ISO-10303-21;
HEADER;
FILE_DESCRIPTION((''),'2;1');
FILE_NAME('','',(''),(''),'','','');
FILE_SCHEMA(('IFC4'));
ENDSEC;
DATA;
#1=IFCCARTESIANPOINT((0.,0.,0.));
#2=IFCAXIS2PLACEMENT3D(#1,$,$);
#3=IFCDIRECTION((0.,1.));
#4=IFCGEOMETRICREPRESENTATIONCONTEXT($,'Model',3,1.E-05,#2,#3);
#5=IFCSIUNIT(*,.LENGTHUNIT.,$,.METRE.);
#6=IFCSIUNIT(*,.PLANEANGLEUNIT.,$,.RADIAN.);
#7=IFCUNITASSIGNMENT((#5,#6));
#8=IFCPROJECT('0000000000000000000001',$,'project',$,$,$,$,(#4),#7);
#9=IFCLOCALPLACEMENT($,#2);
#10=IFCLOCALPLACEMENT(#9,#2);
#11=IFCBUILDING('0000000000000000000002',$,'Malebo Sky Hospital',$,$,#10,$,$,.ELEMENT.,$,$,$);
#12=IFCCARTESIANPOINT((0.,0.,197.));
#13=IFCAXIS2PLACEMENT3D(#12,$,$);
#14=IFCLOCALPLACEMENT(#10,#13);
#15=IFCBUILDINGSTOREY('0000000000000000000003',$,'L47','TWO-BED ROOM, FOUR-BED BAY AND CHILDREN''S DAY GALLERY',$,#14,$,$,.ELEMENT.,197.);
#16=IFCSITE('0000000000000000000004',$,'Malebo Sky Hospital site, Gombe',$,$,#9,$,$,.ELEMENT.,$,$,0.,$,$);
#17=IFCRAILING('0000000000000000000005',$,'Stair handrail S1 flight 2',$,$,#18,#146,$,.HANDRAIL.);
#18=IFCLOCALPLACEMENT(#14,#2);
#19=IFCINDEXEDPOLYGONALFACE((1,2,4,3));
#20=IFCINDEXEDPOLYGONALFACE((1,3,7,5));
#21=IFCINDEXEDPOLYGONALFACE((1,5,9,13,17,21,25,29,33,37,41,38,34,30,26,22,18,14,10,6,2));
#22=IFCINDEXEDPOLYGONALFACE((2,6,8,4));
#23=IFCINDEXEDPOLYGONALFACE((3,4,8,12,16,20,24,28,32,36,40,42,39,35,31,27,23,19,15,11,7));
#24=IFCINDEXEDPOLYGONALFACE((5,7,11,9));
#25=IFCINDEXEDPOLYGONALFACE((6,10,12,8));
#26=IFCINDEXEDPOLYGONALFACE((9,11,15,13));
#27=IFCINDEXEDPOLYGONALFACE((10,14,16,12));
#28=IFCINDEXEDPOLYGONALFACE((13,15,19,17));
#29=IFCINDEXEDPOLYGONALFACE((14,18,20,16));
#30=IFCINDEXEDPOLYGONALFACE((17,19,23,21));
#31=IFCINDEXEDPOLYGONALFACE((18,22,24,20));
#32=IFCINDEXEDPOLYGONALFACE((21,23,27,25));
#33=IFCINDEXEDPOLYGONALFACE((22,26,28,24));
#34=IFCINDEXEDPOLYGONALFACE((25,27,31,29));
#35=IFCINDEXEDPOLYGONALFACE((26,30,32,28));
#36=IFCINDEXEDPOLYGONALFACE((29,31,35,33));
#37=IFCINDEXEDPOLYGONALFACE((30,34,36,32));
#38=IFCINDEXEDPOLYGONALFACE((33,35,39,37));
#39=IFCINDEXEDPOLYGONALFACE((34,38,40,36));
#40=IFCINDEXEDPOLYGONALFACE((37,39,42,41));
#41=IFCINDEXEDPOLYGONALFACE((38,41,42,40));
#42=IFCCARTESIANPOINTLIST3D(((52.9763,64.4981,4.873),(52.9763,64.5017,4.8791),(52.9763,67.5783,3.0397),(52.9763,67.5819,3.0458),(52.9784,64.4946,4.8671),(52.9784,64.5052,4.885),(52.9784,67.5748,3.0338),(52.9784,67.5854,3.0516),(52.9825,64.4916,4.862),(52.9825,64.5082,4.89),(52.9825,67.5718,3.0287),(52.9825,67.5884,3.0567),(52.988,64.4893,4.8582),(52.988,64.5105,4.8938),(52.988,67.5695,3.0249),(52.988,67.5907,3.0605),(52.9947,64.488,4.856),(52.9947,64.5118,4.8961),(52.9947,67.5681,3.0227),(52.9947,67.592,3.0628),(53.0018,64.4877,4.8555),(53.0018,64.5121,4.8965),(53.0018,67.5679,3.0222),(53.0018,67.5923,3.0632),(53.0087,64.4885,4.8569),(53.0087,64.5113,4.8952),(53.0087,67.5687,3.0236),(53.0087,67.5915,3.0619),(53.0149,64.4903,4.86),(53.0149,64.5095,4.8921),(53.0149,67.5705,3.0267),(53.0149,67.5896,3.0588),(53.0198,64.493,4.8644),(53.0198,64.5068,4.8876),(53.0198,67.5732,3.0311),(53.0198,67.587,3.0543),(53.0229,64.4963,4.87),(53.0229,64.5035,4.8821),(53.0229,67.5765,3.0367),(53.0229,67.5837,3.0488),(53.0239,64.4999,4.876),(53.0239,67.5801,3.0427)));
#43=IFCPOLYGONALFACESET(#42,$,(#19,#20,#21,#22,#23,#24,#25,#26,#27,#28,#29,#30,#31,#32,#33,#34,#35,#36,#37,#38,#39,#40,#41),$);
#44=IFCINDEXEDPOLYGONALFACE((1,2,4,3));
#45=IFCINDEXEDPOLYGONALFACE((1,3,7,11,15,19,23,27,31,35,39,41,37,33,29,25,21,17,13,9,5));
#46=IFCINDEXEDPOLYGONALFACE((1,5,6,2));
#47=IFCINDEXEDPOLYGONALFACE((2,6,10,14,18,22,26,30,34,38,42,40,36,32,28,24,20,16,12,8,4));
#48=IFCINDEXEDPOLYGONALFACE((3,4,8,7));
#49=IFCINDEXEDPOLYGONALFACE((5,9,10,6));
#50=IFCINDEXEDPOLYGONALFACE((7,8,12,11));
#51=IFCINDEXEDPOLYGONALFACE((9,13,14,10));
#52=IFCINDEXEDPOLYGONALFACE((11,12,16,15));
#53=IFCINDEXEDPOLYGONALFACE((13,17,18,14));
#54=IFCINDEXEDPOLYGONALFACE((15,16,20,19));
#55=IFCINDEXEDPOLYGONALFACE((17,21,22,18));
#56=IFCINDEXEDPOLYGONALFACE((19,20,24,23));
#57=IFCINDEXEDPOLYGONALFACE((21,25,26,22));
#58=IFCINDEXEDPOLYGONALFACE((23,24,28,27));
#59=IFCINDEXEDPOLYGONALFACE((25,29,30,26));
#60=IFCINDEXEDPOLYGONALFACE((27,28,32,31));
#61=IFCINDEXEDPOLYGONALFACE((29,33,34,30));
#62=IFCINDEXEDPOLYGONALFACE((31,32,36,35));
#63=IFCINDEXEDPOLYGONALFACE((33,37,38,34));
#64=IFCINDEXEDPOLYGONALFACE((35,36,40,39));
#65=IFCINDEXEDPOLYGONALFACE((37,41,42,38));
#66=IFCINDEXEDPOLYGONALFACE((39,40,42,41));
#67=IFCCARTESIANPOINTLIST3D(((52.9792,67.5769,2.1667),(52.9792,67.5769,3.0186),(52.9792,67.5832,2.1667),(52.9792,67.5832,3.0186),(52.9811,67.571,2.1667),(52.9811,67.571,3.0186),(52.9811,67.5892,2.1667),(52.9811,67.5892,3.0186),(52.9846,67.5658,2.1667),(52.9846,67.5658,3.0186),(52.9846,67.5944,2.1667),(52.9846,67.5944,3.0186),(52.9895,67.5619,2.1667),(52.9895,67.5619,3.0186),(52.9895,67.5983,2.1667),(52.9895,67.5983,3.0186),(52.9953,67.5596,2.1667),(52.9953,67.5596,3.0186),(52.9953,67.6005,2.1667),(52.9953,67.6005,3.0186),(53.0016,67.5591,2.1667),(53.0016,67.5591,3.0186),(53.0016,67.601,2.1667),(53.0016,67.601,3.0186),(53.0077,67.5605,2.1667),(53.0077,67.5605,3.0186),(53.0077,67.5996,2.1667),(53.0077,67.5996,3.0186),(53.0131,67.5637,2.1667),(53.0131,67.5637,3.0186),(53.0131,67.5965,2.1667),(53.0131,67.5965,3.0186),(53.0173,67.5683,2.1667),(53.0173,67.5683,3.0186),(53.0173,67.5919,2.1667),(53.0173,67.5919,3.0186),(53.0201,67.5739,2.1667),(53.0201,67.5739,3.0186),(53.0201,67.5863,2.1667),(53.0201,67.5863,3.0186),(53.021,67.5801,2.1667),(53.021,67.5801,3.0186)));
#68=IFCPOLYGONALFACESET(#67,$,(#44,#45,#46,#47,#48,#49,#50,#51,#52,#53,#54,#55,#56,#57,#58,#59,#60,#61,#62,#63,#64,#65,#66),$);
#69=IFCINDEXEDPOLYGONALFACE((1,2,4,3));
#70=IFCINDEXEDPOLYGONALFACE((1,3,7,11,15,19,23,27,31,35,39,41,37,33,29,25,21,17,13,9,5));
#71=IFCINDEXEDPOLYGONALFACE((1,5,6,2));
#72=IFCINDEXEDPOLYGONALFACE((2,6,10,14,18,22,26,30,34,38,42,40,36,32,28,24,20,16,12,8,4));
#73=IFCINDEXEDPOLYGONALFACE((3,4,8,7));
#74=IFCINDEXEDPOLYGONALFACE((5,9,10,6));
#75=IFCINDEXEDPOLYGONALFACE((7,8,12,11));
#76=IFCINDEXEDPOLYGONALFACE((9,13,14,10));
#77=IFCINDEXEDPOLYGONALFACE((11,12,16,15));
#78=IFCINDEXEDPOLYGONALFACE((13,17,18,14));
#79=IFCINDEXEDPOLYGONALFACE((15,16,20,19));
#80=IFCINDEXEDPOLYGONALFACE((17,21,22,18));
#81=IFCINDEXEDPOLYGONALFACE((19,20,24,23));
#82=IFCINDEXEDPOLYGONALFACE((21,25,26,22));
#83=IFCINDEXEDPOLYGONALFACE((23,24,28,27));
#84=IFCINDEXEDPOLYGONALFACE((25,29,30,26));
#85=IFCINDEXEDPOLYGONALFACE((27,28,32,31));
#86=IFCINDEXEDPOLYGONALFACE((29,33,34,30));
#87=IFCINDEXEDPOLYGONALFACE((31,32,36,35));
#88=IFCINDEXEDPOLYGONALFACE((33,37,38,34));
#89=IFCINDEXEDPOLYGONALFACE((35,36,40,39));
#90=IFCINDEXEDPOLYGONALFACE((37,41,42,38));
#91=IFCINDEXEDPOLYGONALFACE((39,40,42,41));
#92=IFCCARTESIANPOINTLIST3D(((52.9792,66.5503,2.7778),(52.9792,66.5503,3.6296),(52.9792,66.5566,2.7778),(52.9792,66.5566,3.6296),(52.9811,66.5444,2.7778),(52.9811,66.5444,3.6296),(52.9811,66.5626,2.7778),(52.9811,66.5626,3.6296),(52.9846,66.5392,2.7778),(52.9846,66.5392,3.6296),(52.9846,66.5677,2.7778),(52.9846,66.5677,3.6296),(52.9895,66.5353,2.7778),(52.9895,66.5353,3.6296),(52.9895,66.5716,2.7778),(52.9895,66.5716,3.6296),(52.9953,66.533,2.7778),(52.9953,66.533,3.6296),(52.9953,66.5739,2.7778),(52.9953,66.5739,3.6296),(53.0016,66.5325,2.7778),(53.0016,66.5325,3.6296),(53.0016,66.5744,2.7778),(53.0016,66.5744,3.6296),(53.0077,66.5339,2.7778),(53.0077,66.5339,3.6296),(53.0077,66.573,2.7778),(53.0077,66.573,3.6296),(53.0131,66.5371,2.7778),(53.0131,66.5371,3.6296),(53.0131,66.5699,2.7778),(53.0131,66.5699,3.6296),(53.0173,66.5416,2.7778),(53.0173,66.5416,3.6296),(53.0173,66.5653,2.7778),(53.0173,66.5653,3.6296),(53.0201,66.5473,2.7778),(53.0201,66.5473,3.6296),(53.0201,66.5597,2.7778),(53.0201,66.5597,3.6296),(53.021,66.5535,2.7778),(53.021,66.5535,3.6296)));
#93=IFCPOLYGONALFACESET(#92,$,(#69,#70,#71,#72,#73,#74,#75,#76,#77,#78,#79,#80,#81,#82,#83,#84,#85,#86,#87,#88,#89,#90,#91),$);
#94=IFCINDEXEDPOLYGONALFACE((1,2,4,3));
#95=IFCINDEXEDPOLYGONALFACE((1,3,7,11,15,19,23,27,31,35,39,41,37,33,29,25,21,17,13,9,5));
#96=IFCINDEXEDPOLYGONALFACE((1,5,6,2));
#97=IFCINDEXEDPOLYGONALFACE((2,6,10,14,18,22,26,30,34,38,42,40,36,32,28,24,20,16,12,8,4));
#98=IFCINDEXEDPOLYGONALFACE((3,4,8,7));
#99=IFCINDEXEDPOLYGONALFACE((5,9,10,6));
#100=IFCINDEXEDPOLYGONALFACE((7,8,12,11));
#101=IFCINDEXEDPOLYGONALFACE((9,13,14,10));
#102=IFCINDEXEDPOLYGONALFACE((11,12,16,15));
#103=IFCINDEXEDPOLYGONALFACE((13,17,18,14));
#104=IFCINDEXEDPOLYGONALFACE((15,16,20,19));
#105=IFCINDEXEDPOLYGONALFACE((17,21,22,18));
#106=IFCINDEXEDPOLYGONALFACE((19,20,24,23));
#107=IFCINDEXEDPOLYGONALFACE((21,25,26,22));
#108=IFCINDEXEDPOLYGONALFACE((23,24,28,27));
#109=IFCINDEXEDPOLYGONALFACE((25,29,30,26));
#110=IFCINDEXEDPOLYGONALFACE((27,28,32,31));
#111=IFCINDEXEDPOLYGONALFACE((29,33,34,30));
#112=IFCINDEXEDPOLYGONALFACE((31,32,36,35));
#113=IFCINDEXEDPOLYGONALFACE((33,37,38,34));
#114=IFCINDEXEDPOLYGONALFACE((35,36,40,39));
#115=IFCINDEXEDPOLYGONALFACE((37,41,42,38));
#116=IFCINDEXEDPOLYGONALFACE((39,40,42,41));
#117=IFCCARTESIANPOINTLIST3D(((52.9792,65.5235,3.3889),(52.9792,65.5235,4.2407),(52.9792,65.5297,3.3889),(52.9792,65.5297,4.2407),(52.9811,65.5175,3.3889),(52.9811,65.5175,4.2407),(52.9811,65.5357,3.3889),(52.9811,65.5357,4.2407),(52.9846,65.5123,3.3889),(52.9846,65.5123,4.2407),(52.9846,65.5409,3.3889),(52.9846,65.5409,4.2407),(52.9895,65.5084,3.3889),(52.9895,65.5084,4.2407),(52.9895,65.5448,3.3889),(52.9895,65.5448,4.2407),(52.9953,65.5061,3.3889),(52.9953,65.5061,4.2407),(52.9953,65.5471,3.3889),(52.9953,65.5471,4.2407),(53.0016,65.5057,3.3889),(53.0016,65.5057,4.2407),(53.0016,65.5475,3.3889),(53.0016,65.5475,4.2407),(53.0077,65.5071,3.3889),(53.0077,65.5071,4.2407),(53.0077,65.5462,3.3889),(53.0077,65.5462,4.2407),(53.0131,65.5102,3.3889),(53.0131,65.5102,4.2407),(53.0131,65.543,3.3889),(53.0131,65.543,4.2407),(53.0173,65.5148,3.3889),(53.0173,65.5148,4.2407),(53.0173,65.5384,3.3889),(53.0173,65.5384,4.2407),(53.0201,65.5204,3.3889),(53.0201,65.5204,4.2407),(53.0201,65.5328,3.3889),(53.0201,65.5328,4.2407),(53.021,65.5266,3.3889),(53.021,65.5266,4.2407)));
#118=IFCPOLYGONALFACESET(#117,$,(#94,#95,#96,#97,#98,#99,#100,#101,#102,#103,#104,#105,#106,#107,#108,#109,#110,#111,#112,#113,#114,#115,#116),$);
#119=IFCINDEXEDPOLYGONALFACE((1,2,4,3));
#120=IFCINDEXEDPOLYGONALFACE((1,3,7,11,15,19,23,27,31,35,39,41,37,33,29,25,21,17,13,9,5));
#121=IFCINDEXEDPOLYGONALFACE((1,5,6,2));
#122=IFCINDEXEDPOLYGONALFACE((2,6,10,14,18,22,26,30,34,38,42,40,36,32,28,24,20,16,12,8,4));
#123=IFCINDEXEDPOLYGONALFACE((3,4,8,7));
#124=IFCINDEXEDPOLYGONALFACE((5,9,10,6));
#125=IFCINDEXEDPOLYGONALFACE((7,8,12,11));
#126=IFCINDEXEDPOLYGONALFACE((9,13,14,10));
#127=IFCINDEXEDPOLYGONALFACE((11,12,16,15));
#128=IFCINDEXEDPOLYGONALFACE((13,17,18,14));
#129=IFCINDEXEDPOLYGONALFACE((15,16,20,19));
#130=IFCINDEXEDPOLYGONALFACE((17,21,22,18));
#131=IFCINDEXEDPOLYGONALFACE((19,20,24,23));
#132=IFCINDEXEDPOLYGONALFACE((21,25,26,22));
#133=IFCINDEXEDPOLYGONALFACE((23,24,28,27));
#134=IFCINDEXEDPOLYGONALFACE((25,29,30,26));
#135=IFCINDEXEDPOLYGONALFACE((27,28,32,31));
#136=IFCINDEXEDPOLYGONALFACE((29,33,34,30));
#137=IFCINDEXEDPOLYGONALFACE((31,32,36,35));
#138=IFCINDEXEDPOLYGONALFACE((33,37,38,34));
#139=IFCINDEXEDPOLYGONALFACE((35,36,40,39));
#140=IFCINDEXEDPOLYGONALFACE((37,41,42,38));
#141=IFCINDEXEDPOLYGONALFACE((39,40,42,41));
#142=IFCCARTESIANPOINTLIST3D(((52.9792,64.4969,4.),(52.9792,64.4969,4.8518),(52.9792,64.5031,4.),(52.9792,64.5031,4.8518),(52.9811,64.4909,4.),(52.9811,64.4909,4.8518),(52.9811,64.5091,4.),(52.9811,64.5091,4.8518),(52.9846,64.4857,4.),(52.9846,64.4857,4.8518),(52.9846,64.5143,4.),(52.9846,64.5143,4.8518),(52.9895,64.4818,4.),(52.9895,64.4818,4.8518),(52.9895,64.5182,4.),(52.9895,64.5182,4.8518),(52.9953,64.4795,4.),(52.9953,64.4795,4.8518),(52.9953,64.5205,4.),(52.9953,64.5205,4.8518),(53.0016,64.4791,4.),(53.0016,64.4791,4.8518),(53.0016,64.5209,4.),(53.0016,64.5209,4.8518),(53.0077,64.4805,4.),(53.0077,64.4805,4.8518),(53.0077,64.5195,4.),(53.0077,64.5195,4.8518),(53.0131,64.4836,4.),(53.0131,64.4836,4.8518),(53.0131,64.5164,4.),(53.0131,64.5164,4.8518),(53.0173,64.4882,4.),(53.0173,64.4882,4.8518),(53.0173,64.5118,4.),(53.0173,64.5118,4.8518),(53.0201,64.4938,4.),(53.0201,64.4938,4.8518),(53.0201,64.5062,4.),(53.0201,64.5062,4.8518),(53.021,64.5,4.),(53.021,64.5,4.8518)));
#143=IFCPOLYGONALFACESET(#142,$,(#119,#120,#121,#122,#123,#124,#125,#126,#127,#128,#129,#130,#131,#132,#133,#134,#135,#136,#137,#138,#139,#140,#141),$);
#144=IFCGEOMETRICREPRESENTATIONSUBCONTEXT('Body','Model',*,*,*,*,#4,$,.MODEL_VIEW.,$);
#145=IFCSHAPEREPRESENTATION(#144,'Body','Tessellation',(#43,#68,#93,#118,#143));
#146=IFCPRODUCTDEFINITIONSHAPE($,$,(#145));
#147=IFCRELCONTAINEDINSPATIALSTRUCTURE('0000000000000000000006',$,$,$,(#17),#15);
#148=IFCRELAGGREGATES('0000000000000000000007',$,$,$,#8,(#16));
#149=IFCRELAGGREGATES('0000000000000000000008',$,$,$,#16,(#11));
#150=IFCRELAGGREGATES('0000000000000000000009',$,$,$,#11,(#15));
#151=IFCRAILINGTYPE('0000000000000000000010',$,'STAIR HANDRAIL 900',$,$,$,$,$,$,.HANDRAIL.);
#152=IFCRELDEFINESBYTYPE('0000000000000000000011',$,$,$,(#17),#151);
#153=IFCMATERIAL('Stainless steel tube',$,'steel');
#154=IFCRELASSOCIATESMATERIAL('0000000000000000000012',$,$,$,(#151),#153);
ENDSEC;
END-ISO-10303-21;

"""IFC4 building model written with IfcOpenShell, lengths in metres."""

from ifc_helpers import new_model, si_unit, direction, frame, origin, origin_2d, place, context, subcontext, project, spatial, circle, extrude, material, type_object, element, save


model = new_model("IFC4")

# Units and contexts
model_context = context("Model", 3, precision=1e-05, world=origin(), true_north=direction((0.0, 1.0)))
body_context = subcontext(model_context, "Body", "Model", "MODEL_VIEW")
ifc_project = project(units=[si_unit("LENGTHUNIT", "METRE"), si_unit("PLANEANGLEUNIT", "RADIAN")], contexts=[model_context])

# Site, building, storey
site_placement = place(None, origin())
site = spatial("IfcSite", under=ifc_project, at=site_placement, Name="Malebo Sky Hospital site, Gombe", CompositionType="ELEMENT", RefElevation=0.0)
building_placement = place(site_placement, origin())
building = spatial("IfcBuilding", under=site, at=building_placement, Name="Malebo Sky Hospital", CompositionType="ELEMENT")
storey_placement = place(building_placement, frame((0.0, 0.0, 197.0)))
storey = spatial("IfcBuildingStorey", under=building, at=storey_placement, Name="L47", Description="TWO-BED ROOM, FOUR-BED BAY AND CHILDREN'S DAY GALLERY", CompositionType="ELEMENT", Elevation=197.0)

# Railing
ifc_material_1 = material(Name="Stainless steel tube", Category="steel")
railing_type = type_object("IfcRailingType", Name="STAIR HANDRAIL 900", PredefinedType="HANDRAIL", material=ifc_material_1)
railing_1_placement = place(storey_placement, frame((53.0, 67.5801, 2.1667)))
element("IfcRailing", 1, at=railing_1_placement, inside=storey, type_object=railing_type, Name="Stair handrail S1 flight 2", PredefinedType="HANDRAIL", context=body_context, shape_type="SweptSolid", body=[
    extrude(circle(Radius=0.0239, at=origin_2d()), frame((0.0, 0.0, 0.876), z_axis=(0.0, -0.859309, 0.511458), x_axis=(1.0, 0.0, 0.0)), (0.0, 0.0, 1.0), 3.5845),
    extrude(circle(Radius=0.021, at=origin_2d()), origin(), (0.0, 0.0, 1.0), 0.8518),
    extrude(circle(Radius=0.021, at=origin_2d()), frame((0.0, -1.0266, 0.6111)), (0.0, 0.0, 1.0), 0.8518),
    extrude(circle(Radius=0.021, at=origin_2d()), frame((0.0, -2.0535, 1.2222)), (0.0, 0.0, 1.0), 0.8518),
    extrude(circle(Radius=0.021, at=origin_2d()), frame((0.0, -3.0801, 1.8333)), (0.0, 0.0, 1.0), 0.8518),
])

save(model, "model.ifc")
